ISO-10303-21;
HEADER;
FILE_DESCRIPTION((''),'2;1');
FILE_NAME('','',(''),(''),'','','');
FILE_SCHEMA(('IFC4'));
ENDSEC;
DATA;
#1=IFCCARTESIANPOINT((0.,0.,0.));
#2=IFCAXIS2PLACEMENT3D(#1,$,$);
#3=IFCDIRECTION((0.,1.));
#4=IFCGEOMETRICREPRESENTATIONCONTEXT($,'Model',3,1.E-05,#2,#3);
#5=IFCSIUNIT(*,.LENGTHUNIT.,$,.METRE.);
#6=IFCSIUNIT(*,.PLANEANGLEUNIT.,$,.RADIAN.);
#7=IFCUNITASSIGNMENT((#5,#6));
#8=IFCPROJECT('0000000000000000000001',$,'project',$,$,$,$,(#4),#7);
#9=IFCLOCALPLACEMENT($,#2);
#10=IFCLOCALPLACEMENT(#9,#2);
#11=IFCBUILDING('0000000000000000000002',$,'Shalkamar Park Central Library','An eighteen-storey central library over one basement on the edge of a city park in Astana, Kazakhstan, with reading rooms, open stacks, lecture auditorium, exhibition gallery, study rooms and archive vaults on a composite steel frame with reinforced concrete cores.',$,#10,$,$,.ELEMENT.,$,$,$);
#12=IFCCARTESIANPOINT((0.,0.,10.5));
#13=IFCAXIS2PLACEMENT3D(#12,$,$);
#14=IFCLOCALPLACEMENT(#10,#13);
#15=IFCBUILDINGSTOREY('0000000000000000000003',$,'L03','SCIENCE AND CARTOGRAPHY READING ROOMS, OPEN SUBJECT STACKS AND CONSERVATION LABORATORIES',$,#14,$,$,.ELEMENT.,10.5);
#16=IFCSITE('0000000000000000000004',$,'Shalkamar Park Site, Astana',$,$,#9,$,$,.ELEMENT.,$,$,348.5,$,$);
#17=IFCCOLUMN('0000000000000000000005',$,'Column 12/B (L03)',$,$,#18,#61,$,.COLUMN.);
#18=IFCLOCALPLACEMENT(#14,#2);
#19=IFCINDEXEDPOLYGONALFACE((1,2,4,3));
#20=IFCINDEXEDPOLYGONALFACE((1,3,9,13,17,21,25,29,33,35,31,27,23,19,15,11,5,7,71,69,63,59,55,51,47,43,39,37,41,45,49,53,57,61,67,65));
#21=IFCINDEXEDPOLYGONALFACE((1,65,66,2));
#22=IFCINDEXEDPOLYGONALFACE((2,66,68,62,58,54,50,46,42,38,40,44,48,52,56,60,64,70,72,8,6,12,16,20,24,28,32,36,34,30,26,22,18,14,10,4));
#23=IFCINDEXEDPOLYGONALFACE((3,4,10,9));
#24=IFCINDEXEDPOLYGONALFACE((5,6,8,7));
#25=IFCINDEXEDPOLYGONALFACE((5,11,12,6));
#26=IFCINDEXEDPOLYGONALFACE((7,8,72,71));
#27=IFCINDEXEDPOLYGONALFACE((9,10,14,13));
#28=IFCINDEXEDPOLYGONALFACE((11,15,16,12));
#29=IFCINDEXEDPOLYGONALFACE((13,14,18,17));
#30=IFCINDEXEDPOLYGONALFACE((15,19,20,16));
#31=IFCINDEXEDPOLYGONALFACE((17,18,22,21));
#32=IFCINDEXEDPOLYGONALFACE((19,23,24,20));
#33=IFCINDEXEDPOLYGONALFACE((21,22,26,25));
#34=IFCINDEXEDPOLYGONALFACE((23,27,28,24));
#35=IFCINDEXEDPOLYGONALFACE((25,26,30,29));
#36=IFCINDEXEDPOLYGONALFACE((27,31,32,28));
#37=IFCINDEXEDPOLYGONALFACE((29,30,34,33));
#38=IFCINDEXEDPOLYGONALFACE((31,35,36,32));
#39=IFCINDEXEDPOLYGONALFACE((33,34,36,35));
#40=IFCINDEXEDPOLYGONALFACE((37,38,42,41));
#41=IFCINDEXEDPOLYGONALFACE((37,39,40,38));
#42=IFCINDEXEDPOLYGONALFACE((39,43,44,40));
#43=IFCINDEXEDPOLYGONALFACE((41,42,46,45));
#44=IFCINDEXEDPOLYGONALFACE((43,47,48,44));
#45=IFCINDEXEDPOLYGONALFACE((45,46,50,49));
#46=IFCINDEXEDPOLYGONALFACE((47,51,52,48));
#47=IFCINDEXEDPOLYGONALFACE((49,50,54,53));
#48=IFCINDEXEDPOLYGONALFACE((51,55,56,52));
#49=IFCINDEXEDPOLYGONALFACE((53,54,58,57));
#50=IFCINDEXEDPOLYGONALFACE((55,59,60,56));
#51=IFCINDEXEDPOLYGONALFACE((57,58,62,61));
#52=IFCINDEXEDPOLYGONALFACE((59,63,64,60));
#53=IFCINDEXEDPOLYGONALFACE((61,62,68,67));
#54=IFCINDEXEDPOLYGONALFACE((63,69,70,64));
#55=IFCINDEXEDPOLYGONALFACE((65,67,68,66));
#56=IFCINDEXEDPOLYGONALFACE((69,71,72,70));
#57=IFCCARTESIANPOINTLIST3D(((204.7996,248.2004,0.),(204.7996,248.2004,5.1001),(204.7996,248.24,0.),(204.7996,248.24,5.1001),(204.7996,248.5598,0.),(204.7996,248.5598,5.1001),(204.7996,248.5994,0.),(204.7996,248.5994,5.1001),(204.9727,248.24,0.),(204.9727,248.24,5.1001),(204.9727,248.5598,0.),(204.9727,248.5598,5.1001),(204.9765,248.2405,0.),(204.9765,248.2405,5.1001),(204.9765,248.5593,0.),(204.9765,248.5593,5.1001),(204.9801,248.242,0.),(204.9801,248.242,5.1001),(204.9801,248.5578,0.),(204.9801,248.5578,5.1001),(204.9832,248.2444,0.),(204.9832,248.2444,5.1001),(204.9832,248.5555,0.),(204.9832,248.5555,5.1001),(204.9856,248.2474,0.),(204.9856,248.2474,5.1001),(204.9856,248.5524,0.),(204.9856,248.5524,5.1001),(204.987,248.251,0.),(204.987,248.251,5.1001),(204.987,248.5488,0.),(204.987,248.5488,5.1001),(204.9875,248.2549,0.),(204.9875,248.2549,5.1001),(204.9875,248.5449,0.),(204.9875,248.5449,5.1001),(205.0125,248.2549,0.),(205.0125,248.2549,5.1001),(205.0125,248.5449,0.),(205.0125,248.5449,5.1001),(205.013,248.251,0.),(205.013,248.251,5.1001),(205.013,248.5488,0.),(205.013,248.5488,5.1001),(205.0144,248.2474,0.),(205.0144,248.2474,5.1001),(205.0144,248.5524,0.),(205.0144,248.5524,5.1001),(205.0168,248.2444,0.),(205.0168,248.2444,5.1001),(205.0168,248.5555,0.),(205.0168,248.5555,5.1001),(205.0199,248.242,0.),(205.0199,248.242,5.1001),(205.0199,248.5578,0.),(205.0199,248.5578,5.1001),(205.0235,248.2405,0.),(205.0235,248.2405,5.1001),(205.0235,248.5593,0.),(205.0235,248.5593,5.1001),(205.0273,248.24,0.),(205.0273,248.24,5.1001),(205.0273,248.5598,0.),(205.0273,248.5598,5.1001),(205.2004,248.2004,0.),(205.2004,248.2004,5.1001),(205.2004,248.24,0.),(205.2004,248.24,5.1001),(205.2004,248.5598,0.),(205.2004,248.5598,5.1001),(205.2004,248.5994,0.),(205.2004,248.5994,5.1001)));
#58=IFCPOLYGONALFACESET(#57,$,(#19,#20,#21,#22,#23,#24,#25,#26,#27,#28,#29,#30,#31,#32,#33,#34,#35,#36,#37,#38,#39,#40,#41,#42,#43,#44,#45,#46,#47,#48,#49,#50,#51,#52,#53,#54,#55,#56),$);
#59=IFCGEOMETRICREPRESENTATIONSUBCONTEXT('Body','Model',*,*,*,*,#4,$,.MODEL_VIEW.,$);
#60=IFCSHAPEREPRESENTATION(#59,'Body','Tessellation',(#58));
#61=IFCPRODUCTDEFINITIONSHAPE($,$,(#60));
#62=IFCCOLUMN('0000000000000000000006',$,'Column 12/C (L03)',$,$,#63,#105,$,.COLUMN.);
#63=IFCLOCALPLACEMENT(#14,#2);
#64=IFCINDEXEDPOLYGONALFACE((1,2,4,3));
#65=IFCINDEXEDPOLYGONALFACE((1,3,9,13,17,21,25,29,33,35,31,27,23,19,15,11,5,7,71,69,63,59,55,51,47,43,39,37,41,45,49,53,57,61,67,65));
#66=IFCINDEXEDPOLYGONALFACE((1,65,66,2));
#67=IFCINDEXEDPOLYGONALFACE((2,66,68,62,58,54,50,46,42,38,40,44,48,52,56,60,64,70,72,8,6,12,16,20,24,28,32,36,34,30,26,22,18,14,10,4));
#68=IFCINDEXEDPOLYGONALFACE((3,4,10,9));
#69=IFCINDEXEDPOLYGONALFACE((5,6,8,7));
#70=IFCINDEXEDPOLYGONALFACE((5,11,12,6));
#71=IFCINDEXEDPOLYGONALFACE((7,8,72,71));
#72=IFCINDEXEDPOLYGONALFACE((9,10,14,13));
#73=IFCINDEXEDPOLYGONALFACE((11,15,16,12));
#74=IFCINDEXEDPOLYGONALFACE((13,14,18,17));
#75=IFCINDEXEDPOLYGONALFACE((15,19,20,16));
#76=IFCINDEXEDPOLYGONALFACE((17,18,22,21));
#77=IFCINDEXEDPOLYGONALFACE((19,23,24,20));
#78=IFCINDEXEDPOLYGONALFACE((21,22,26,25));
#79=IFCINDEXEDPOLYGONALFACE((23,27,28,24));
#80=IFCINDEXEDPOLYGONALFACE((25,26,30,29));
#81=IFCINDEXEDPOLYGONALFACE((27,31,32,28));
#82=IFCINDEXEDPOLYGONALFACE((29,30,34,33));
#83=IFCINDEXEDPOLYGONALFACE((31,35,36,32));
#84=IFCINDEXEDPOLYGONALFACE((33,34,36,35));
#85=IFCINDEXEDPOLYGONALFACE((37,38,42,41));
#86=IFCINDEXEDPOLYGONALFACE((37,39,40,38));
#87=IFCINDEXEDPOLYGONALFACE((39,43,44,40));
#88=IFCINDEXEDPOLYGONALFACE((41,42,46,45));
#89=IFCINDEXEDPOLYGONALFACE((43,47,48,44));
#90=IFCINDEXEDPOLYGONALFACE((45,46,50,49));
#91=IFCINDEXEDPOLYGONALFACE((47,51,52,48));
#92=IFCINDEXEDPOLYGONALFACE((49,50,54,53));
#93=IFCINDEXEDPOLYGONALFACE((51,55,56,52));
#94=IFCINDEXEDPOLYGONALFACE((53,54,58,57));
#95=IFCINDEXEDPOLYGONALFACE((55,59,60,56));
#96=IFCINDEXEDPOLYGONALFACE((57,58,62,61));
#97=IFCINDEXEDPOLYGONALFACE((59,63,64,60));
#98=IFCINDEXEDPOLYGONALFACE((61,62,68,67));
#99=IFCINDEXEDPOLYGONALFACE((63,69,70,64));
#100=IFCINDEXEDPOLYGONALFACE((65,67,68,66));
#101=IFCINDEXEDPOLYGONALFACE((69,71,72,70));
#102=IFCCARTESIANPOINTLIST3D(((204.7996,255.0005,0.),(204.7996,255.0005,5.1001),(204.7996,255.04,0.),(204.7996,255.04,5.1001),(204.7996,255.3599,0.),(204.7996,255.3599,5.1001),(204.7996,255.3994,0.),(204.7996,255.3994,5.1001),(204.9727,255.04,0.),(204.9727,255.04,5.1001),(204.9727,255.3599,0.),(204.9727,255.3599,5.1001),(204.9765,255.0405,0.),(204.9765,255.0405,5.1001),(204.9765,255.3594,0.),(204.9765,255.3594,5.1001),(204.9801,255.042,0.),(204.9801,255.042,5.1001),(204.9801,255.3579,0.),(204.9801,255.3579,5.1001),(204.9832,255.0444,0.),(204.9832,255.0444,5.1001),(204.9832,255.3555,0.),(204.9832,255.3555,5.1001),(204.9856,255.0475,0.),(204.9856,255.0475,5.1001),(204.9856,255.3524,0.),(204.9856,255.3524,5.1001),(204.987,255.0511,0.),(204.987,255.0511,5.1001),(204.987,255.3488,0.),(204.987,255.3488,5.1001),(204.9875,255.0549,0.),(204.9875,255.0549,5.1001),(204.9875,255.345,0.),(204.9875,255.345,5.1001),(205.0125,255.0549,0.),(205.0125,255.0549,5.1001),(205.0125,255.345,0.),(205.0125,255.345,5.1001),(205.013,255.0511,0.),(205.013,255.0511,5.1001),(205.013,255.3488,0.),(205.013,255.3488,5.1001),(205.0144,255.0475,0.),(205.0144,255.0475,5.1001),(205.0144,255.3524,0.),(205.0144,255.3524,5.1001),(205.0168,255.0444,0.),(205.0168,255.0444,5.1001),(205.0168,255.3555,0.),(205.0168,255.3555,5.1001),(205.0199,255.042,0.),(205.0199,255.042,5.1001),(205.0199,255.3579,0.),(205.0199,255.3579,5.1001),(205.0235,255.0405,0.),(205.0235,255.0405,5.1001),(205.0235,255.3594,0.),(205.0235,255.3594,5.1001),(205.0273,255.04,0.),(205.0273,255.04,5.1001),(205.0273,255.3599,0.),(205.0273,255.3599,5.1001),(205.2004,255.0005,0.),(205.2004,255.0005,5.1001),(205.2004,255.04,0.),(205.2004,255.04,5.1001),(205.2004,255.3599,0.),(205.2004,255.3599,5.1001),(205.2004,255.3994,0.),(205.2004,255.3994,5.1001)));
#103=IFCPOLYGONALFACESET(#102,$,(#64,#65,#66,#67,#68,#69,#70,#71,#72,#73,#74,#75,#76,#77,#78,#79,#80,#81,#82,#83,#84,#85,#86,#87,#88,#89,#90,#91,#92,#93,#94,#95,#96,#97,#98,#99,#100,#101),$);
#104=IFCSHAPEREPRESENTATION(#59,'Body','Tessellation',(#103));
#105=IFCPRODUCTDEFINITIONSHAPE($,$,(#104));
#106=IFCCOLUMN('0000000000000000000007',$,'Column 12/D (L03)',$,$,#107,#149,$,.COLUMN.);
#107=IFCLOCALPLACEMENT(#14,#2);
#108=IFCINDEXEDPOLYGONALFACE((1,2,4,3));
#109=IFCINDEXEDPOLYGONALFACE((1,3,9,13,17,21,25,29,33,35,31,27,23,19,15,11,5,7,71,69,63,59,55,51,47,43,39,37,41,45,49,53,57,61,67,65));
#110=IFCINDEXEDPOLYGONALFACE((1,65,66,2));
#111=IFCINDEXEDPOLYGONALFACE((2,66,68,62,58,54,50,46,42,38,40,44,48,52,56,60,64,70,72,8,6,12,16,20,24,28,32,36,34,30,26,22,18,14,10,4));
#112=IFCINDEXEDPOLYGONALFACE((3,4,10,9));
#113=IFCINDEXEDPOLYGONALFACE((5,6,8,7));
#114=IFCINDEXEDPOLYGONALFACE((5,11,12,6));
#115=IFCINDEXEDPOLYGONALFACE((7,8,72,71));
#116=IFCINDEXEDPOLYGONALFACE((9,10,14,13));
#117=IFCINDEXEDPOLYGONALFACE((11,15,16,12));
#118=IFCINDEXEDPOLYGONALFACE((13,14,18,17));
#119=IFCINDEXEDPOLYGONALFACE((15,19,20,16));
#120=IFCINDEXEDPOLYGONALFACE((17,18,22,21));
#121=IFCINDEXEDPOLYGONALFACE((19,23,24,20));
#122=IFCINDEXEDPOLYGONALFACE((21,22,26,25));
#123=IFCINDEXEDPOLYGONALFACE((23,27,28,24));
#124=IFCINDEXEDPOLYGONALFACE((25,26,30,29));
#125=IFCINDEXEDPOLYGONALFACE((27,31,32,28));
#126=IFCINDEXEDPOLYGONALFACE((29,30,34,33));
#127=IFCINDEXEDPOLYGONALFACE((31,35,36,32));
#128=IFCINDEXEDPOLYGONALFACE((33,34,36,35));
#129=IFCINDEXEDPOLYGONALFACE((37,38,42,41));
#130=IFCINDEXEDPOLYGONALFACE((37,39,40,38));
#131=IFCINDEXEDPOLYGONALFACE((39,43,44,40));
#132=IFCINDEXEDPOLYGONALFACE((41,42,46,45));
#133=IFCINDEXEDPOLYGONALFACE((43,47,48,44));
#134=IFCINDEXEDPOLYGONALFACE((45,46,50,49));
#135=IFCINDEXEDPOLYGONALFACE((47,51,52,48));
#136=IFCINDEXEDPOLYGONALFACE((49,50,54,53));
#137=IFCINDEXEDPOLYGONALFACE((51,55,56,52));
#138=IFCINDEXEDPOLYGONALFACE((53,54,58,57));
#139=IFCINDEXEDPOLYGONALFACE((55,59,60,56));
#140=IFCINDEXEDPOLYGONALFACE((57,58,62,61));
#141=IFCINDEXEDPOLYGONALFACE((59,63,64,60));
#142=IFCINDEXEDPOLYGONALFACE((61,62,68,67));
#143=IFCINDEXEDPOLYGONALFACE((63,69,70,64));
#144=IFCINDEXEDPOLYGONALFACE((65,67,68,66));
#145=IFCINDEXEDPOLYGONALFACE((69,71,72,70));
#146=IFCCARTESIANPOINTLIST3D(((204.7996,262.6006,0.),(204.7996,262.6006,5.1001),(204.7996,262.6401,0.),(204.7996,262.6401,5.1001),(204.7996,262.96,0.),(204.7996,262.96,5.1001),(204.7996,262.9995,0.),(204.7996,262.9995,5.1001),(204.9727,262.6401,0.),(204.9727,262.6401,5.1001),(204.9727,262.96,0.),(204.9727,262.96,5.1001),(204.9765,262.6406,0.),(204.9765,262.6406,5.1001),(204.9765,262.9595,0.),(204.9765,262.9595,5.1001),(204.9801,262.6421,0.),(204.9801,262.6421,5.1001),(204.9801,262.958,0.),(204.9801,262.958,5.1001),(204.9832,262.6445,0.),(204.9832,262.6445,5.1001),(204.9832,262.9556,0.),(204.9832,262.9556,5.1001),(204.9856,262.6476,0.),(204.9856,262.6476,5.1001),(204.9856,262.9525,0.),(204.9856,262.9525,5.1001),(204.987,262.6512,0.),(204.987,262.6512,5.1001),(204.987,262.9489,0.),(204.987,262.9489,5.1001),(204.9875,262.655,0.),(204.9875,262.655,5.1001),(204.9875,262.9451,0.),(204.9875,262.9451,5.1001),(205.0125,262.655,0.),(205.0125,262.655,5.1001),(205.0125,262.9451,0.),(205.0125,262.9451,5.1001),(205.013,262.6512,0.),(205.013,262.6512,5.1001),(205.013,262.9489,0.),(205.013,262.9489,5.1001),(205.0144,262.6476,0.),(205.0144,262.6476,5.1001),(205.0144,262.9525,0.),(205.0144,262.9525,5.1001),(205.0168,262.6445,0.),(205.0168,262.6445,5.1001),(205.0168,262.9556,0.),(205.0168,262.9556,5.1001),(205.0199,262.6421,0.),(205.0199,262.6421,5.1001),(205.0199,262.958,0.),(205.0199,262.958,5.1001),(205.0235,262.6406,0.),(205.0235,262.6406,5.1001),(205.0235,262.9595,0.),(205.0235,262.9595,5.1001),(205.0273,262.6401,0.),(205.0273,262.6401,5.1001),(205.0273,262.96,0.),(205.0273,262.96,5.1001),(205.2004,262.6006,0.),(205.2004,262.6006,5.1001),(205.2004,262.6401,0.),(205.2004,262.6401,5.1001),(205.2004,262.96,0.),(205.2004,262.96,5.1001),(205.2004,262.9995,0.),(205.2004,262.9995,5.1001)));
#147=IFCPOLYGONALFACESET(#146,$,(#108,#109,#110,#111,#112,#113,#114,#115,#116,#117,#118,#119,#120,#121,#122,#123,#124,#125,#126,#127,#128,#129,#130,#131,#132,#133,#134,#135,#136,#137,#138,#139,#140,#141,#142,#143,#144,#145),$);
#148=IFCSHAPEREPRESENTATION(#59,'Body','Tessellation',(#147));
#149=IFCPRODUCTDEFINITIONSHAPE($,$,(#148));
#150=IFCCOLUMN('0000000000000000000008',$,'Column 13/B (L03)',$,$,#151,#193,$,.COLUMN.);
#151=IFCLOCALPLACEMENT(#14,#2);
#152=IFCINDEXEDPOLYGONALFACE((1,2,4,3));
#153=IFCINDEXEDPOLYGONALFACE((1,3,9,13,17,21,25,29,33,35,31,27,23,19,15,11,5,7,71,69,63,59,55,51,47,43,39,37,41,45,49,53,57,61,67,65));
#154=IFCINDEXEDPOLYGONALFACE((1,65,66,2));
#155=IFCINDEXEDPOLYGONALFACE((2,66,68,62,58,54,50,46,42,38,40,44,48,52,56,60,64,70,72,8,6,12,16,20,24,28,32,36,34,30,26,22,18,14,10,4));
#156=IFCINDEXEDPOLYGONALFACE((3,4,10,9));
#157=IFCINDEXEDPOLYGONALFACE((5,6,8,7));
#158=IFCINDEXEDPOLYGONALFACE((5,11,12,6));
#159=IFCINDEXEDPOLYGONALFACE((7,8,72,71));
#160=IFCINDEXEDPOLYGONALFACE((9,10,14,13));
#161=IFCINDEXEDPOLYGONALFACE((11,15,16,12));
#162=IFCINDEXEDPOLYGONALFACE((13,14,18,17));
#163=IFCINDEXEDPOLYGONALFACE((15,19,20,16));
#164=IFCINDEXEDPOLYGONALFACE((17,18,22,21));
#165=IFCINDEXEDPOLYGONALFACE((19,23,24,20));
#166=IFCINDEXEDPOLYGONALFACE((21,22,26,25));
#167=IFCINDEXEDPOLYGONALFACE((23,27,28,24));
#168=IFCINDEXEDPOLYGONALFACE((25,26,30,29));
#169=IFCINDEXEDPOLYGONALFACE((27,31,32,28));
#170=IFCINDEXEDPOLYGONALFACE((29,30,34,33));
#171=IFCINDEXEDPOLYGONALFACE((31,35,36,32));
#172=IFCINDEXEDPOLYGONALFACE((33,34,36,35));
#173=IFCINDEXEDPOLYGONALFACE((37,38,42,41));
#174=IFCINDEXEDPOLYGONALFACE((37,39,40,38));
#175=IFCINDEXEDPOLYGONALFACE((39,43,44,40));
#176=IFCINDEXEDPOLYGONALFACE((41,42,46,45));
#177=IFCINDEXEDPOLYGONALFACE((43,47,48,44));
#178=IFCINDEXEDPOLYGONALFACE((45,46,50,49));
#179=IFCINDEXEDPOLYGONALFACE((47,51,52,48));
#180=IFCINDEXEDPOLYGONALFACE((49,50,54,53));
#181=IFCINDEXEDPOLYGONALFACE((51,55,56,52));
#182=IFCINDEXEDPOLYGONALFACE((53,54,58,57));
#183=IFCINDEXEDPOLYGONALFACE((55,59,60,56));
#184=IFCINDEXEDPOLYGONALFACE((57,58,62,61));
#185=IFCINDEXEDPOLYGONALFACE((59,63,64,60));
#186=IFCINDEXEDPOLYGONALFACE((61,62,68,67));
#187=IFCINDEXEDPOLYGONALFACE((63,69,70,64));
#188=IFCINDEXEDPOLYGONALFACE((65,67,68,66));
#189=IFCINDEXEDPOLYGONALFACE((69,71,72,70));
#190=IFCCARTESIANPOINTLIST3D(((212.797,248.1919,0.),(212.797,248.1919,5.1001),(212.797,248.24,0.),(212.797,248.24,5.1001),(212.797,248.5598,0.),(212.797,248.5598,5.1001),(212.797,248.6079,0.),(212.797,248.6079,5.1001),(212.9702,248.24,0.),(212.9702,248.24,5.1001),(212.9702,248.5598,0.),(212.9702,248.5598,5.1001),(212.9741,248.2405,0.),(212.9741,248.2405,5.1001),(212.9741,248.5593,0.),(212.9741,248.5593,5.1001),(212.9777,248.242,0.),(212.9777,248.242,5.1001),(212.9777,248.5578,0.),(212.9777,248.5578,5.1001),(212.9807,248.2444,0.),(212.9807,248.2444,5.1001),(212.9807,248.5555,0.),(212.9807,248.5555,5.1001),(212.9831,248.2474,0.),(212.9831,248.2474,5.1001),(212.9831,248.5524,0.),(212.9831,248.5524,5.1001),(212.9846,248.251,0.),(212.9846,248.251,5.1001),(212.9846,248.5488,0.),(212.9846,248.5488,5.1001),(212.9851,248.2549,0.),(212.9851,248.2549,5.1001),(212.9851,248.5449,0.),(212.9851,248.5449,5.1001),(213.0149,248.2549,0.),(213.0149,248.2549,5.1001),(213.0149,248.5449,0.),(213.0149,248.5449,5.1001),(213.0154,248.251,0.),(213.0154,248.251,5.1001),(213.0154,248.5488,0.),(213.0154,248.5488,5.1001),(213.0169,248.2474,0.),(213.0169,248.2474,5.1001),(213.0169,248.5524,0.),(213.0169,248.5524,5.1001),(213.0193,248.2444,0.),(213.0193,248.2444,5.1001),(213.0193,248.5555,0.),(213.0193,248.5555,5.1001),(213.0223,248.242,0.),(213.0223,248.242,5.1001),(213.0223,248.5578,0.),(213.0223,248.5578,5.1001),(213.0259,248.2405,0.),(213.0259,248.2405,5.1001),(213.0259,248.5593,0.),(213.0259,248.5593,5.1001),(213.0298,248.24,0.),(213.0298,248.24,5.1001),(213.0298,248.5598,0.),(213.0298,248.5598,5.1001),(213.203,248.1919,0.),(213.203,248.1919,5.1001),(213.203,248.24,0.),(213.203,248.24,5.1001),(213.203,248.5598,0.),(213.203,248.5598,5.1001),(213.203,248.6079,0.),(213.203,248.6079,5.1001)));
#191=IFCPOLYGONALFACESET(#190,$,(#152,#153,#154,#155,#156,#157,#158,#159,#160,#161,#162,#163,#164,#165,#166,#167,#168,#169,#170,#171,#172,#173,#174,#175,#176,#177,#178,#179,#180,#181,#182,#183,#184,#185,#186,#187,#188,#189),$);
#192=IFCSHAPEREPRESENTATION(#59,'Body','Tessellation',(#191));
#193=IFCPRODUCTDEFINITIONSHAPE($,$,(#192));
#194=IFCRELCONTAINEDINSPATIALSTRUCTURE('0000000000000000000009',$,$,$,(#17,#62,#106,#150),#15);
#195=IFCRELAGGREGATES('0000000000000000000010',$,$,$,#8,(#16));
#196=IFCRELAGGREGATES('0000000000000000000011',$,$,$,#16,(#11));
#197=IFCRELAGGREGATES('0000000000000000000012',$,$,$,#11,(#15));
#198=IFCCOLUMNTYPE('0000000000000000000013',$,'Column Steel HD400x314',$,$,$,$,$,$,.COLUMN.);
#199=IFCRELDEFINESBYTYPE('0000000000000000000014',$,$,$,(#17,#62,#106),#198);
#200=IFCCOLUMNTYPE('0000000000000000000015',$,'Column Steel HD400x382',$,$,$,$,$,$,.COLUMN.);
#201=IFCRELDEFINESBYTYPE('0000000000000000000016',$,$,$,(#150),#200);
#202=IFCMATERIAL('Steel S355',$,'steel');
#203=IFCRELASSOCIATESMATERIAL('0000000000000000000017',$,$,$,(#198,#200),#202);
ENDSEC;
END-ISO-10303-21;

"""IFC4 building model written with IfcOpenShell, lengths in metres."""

from ifc_helpers import new_model, si_unit, direction, frame, origin, origin_2d, place, context, subcontext, project, spatial, i_section, extrude, material, material_profile, profile_set, type_object, element, save


model = new_model("IFC4")

# Units and contexts
model_context = context("Model", 3, precision=1e-05, world=origin(), true_north=direction((0.0, 1.0)))
body_context = subcontext(model_context, "Body", "Model", "MODEL_VIEW")
ifc_project = project(units=[si_unit("LENGTHUNIT", "METRE"), si_unit("PLANEANGLEUNIT", "RADIAN")], contexts=[model_context])

# Site, building, storey
site_placement = place(None, origin())
site = spatial("IfcSite", under=ifc_project, at=site_placement, Name="Shalkamar Park Site, Astana", CompositionType="ELEMENT", RefElevation=348.5)
building_placement = place(site_placement, origin())
building = spatial("IfcBuilding", under=site, at=building_placement, Name="Shalkamar Park Central Library", Description="An eighteen-storey central library over one basement on the edge of a city park in Astana, Kazakhstan, with reading rooms, open stacks, lecture auditorium, exhibition gallery, study rooms and archive vaults on a composite steel frame with reinforced concrete cores.", CompositionType="ELEMENT")
storey_placement = place(building_placement, frame((0.0, 0.0, 10.5)))
storey = spatial("IfcBuildingStorey", under=building, at=storey_placement, Name="L03", Description="SCIENCE AND CARTOGRAPHY READING ROOMS, OPEN SUBJECT STACKS AND CONSERVATION LABORATORIES", CompositionType="ELEMENT", Elevation=10.5)

# Columns
ifc_material_1 = material(Name="Steel S355", Category="steel")
ifc_material_profile_1 = material_profile(ifc_material_1, i_section(OverallWidth=0.4009, OverallDepth=0.3989, WebThickness=0.0249, FlangeThickness=0.0396, FilletRadius=0.0149, at=origin_2d()), Name="HD 400x314")
ifc_profile_set_1 = profile_set([ifc_material_profile_1], Name="Steel S355")
column_type_1 = type_object("IfcColumnType", Name="Column Steel HD400x314", PredefinedType="COLUMN", material=ifc_profile_set_1)
for number, where, z_axis, x_axis, name in (
    (1, (205.0, 248.3999, 0.0), (0.0, 0.0, 1.0), (1.0, 0.0, 0.0), "Column 12/B (L03)"),
    (2, (205.0, 255.2, 0.0), (0.0, 0.0, 1.0), (1.0, 0.0, 0.0), "Column 12/C (L03)"),
    (3, (205.0, 262.8, 0.0), (0.0, 0.0, 1.0), (1.0, 0.0, 0.0), "Column 12/D (L03)"),
):
    element("IfcColumn", number, at=place(storey_placement, frame(where, z_axis=z_axis, x_axis=x_axis)), inside=storey, type_object=column_type_1, Name=name, PredefinedType="COLUMN", context=body_context, shape_type="SweptSolid", body=[
        extrude(i_section(OverallWidth=0.4009, OverallDepth=0.3989, WebThickness=0.0249, FlangeThickness=0.0396, FilletRadius=0.0149, at=origin_2d()), origin(), (0.0, 0.0, 1.0), 5.1001),
    ])
ifc_material_profile_2 = material_profile(ifc_material_1, i_section(OverallWidth=0.406, OverallDepth=0.416, WebThickness=0.0298, FlangeThickness=0.0481, FilletRadius=0.0149, at=origin_2d()), Name="HD 400x382")
ifc_profile_set_2 = profile_set([ifc_material_profile_2], Name="Steel S355")
column_type_2 = type_object("IfcColumnType", Name="Column Steel HD400x382", PredefinedType="COLUMN", material=ifc_profile_set_2)
column_placement = place(storey_placement, frame((213.0, 248.3999, 0.0), z_axis=(0.0, 0.0, 1.0), x_axis=(1.0, 0.0, 0.0)))
element("IfcColumn", 4, at=column_placement, inside=storey, type_object=column_type_2, Name="Column 13/B (L03)", PredefinedType="COLUMN", context=body_context, shape_type="SweptSolid", body=[
    extrude(i_section(OverallWidth=0.406, OverallDepth=0.416, WebThickness=0.0298, FlangeThickness=0.0481, FilletRadius=0.0149, at=origin_2d()), origin(), (0.0, 0.0, 1.0), 5.1001),
])

save(model, "model.ifc")
